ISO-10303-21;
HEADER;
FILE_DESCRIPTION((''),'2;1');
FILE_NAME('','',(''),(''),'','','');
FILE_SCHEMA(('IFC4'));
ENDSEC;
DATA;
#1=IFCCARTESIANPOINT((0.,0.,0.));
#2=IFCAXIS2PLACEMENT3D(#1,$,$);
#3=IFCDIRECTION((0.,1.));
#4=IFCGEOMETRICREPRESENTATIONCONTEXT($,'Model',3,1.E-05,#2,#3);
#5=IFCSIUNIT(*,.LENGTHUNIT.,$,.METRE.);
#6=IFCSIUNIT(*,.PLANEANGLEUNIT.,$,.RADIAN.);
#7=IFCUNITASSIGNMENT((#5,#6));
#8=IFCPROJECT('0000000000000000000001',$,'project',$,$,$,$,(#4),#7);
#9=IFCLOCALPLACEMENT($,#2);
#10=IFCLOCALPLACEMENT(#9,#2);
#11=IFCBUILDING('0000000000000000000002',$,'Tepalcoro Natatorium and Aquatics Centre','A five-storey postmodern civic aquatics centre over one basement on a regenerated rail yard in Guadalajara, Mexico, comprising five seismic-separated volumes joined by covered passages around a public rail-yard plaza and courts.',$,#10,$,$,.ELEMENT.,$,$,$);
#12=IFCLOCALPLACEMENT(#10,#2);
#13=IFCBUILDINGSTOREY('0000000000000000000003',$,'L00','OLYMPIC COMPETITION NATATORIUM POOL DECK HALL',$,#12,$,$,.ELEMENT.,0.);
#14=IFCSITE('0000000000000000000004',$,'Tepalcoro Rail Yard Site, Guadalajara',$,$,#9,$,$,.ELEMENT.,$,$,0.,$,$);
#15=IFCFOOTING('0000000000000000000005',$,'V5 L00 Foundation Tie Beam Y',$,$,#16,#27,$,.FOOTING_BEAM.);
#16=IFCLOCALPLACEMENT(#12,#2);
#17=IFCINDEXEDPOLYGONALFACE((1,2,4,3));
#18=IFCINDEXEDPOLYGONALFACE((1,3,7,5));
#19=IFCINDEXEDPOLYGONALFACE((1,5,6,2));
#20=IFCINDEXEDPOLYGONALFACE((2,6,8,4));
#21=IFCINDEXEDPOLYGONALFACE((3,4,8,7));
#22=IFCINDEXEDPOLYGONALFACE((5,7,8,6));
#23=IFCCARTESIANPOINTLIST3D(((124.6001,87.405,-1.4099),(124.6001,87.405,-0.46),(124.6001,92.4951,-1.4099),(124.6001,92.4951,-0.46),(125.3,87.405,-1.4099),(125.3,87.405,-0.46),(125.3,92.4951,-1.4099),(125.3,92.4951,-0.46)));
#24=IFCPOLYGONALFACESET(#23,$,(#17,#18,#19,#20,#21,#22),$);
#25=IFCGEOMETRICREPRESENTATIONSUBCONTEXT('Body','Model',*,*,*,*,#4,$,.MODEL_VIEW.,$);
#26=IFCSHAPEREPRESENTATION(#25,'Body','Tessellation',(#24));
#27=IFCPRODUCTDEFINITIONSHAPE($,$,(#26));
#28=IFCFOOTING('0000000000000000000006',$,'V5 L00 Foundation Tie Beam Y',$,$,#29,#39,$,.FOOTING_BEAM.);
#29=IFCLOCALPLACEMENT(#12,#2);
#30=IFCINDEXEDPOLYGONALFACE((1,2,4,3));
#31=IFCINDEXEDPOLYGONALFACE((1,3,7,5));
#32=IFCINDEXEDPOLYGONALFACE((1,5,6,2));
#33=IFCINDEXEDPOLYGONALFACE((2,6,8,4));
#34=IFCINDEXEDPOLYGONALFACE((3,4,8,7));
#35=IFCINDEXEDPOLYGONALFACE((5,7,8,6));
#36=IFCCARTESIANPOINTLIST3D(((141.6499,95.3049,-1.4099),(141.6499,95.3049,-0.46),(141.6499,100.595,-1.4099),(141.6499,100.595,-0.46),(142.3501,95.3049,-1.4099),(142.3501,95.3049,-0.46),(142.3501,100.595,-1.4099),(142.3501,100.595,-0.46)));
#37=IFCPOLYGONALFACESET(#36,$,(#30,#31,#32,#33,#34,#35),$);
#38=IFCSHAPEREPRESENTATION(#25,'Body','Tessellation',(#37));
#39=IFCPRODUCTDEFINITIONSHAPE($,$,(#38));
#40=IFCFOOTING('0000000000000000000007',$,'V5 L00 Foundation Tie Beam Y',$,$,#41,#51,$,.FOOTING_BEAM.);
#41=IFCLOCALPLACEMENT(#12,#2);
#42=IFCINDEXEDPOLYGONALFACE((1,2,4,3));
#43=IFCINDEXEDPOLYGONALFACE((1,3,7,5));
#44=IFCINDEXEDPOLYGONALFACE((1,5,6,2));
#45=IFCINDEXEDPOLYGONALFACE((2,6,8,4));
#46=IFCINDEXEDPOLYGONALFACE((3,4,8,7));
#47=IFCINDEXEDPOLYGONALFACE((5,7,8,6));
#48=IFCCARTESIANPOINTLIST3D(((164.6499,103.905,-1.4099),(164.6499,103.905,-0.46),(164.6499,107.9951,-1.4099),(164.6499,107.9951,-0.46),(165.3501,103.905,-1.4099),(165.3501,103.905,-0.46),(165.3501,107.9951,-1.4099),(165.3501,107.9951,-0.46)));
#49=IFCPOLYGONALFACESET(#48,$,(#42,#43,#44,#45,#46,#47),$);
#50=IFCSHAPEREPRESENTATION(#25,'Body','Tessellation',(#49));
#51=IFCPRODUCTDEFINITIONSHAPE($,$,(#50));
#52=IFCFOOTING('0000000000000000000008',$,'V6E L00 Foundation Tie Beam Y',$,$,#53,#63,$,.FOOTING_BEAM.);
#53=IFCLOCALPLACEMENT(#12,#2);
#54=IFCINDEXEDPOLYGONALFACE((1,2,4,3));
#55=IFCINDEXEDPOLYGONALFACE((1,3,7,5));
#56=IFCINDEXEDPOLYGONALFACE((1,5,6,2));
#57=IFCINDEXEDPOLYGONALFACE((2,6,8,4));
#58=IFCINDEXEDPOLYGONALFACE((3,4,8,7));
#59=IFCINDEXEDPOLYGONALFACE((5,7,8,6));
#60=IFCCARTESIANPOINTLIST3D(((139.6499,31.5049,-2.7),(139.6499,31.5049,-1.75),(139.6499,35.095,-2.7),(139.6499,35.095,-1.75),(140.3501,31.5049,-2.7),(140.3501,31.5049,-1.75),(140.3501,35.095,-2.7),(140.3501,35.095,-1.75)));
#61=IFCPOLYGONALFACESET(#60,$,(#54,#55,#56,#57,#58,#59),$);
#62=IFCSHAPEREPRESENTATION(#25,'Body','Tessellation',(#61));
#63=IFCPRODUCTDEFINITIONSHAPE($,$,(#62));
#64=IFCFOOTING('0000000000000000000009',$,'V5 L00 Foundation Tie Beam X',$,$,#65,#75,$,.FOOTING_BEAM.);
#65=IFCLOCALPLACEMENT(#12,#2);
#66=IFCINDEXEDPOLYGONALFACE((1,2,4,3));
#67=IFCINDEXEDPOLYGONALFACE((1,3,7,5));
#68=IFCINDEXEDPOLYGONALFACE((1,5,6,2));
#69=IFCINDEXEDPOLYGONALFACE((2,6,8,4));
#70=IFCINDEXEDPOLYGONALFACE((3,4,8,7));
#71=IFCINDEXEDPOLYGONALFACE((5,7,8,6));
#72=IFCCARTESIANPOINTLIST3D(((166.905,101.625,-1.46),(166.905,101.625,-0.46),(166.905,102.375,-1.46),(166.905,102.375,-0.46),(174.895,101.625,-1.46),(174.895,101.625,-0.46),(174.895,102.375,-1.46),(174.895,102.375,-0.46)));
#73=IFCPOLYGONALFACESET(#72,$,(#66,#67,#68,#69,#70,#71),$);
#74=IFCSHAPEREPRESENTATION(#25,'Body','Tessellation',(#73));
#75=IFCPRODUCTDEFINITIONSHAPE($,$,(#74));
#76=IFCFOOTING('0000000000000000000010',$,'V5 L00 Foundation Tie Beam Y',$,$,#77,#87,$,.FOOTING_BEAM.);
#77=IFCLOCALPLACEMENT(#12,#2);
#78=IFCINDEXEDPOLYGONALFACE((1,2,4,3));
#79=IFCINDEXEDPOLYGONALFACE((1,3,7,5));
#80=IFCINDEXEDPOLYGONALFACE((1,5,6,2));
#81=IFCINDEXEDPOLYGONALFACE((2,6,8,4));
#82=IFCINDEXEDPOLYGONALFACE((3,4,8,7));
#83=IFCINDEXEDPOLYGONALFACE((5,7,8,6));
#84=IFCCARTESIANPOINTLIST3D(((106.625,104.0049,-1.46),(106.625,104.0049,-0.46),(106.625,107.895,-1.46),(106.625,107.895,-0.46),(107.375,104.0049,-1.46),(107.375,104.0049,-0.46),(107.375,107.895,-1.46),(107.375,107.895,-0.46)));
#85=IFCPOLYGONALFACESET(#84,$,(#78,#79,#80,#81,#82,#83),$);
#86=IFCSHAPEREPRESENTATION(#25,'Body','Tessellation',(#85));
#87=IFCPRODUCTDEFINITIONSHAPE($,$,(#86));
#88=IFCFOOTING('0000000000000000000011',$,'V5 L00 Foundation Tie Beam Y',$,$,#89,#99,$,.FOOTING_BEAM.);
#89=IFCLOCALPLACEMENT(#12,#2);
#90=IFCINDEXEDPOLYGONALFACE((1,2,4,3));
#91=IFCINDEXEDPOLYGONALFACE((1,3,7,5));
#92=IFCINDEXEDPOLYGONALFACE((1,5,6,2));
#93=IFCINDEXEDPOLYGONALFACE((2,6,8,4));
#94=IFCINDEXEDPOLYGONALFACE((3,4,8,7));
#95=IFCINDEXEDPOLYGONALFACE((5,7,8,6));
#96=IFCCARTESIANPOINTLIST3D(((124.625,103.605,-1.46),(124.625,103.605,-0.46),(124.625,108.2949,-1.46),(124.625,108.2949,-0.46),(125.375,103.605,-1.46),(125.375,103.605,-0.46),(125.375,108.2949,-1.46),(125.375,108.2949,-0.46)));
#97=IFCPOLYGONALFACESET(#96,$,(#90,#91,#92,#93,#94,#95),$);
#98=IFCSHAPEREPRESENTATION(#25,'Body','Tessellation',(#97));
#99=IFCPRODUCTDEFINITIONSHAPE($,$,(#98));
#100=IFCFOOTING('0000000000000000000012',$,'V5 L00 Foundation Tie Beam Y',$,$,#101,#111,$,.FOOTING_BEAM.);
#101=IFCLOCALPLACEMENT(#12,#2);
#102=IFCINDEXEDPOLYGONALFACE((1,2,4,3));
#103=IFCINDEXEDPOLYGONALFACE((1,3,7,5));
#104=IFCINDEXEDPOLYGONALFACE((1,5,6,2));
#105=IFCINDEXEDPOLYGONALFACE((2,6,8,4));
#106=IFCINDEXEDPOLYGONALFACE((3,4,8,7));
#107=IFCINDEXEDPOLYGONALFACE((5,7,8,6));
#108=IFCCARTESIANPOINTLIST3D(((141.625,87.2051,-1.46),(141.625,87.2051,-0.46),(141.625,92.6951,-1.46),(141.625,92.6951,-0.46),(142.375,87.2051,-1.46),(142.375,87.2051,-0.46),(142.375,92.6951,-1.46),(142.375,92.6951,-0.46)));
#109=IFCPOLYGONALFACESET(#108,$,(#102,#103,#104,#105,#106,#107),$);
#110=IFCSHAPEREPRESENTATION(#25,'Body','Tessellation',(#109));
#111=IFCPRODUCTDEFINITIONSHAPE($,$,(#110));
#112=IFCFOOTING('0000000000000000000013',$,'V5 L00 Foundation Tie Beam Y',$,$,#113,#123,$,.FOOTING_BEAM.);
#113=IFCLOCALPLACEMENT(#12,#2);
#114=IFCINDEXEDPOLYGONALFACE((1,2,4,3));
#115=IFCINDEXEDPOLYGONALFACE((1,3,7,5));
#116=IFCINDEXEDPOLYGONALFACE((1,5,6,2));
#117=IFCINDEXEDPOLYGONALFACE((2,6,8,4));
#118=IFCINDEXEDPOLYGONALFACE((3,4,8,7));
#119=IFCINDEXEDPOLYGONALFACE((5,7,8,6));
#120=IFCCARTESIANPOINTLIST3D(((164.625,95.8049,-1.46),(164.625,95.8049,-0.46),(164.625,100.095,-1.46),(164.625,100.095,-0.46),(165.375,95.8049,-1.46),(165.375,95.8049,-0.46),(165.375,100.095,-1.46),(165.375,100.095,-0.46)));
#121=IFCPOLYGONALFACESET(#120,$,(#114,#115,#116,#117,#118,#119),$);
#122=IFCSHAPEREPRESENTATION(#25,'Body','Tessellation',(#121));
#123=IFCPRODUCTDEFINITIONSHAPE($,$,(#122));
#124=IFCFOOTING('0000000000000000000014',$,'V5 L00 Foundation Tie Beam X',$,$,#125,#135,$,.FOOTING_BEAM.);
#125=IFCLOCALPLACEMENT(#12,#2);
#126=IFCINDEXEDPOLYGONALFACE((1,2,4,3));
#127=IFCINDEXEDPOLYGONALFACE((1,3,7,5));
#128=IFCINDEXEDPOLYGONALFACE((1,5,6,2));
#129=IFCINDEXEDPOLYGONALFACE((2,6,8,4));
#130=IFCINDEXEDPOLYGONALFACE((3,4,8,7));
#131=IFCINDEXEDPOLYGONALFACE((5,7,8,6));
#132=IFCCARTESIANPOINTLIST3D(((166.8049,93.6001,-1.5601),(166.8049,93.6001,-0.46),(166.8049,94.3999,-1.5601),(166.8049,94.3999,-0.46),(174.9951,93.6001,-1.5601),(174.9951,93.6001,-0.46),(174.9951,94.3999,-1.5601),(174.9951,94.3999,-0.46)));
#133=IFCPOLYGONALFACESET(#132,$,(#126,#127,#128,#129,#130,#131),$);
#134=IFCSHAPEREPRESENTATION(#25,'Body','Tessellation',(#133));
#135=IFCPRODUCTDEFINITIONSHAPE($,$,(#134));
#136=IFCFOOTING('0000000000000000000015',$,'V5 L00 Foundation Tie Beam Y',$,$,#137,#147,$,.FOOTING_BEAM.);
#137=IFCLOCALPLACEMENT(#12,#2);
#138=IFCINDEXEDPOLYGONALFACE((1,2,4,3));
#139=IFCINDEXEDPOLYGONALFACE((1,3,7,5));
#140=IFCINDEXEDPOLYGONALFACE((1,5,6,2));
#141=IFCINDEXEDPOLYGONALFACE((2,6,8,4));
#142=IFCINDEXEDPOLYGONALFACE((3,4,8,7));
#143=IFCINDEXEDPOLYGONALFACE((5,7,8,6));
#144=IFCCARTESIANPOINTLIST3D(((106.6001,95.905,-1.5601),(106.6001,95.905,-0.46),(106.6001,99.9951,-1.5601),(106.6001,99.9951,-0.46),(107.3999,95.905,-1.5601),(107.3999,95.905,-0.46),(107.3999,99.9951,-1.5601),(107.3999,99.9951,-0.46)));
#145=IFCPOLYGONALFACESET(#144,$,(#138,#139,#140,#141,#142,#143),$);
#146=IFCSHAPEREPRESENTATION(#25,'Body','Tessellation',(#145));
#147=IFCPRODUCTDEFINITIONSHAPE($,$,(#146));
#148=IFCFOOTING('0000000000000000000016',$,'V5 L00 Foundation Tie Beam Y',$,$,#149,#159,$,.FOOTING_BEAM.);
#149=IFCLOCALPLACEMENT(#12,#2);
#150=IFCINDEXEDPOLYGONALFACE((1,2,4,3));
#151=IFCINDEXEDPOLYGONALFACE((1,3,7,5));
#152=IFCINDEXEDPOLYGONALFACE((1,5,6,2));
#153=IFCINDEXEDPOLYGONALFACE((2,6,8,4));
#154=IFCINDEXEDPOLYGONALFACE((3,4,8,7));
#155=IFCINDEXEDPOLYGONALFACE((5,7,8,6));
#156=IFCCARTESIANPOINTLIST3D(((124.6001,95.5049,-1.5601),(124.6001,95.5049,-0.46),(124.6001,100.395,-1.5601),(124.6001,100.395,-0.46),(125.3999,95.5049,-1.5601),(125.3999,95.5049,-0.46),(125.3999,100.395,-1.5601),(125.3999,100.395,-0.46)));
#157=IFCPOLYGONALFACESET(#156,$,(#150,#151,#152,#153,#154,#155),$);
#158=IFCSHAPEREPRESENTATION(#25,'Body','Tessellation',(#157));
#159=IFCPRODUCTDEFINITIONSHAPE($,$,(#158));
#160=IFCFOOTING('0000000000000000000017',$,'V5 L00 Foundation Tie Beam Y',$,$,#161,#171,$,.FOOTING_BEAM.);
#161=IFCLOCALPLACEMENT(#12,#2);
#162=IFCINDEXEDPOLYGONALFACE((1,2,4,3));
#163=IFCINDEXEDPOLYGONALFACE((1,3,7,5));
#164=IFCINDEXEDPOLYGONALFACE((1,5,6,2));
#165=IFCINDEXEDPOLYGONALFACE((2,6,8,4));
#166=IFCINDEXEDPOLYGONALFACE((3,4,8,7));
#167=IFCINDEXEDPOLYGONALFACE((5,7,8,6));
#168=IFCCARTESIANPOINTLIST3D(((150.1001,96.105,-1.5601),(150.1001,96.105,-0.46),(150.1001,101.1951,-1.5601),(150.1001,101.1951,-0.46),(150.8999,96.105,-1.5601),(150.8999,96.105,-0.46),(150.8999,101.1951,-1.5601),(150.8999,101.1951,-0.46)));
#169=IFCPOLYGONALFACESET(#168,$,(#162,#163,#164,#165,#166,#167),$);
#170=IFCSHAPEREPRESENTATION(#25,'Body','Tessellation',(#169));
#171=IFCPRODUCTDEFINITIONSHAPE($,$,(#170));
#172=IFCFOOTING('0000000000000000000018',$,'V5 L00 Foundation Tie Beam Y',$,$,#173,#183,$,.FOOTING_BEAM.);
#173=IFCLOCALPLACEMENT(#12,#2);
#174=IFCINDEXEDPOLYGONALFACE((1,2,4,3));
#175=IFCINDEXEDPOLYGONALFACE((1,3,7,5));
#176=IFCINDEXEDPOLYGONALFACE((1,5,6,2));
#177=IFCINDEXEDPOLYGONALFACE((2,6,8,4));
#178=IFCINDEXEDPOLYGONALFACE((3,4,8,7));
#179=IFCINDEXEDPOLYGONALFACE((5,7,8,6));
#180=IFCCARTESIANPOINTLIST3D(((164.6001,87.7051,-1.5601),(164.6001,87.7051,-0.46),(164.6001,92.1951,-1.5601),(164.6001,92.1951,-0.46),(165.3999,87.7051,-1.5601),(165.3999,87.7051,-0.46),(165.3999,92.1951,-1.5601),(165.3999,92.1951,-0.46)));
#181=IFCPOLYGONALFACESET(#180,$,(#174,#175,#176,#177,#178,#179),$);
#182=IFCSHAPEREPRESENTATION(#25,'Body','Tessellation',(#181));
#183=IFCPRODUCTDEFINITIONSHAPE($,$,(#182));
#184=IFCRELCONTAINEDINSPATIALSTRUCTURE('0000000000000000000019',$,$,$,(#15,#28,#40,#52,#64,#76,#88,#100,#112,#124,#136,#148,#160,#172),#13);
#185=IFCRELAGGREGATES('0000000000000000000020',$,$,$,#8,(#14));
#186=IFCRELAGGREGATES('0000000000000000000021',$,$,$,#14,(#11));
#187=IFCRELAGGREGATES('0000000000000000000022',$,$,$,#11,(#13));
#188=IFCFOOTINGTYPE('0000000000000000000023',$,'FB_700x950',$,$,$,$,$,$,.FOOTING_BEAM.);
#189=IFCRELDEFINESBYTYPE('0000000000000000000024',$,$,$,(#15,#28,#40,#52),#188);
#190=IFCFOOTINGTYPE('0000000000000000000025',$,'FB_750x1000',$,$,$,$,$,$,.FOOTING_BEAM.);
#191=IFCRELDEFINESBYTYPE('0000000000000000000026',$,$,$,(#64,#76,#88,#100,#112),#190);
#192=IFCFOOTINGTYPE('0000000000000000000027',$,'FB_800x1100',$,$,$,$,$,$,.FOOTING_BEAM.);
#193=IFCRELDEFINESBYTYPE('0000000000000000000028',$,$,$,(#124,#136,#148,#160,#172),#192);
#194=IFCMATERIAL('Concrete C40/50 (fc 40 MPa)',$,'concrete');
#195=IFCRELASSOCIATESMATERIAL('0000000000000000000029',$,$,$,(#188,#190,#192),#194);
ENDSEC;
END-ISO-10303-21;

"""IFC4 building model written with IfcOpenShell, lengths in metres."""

from ifc_helpers import new_model, si_unit, direction, frame, origin, place, context, subcontext, project, spatial, polyline, outline, extrude, material, type_object, element, save


model = new_model("IFC4")

# Units and contexts
model_context = context("Model", 3, precision=1e-05, world=origin(), true_north=direction((0.0, 1.0)))
body_context = subcontext(model_context, "Body", "Model", "MODEL_VIEW")
ifc_project = project(units=[si_unit("LENGTHUNIT", "METRE"), si_unit("PLANEANGLEUNIT", "RADIAN")], contexts=[model_context])

# Site, building, storey
site_placement = place(None, origin())
site = spatial("IfcSite", under=ifc_project, at=site_placement, Name="Tepalcoro Rail Yard Site, Guadalajara", CompositionType="ELEMENT", RefElevation=0.0)
building_placement = place(site_placement, origin())
building = spatial("IfcBuilding", under=site, at=building_placement, Name="Tepalcoro Natatorium and Aquatics Centre", Description="A five-storey postmodern civic aquatics centre over one basement on a regenerated rail yard in Guadalajara, Mexico, comprising five seismic-separated volumes joined by covered passages around a public rail-yard plaza and courts.", CompositionType="ELEMENT")
storey_placement = place(building_placement, origin())
storey = spatial("IfcBuildingStorey", under=building, at=storey_placement, Name="L00", Description="OLYMPIC COMPETITION NATATORIUM POOL DECK HALL", CompositionType="ELEMENT", Elevation=0.0)

# Footings
ifc_material = material(Name="Concrete C40/50 (fc 40 MPa)", Category="concrete")
footing_type_1 = type_object("IfcFootingType", Name="FB_700x950", PredefinedType="FOOTING_BEAM", material=ifc_material)
footing_1_placement = place(storey_placement, frame((0.0, 0.0, -1.4099)))
element("IfcFooting", 1, at=footing_1_placement, inside=storey, type_object=footing_type_1, Name="V5 L00 Foundation Tie Beam Y", PredefinedType="FOOTING_BEAM", context=body_context, shape_type="SweptSolid", body=[
    extrude(outline(polyline([(125.3, 87.405), (125.3, 92.4951), (124.6001, 92.4951), (124.6001, 87.405), (125.3, 87.405)])), origin(), (0.0, 0.0, 1.0), 0.95),
])
footing_2_placement = place(storey_placement, frame((0.0, 0.0, -1.4099)))
element("IfcFooting", 2, at=footing_2_placement, inside=storey, type_object=footing_type_1, Name="V5 L00 Foundation Tie Beam Y", PredefinedType="FOOTING_BEAM", context=body_context, shape_type="SweptSolid", body=[
    extrude(outline(polyline([(142.3501, 95.3049), (142.3501, 100.595), (141.6499, 100.595), (141.6499, 95.3049), (142.3501, 95.3049)])), origin(), (0.0, 0.0, 1.0), 0.95),
])
footing_3_placement = place(storey_placement, frame((0.0, 0.0, -1.4099)))
element("IfcFooting", 3, at=footing_3_placement, inside=storey, type_object=footing_type_1, Name="V5 L00 Foundation Tie Beam Y", PredefinedType="FOOTING_BEAM", context=body_context, shape_type="SweptSolid", body=[
    extrude(outline(polyline([(165.3501, 103.905), (165.3501, 107.9951), (164.6499, 107.9951), (164.6499, 103.905), (165.3501, 103.905)])), origin(), (0.0, 0.0, 1.0), 0.95),
])
footing_4_placement = place(storey_placement, frame((0.0, 0.0, -2.7)))
element("IfcFooting", 4, at=footing_4_placement, inside=storey, type_object=footing_type_1, Name="V6E L00 Foundation Tie Beam Y", PredefinedType="FOOTING_BEAM", context=body_context, shape_type="SweptSolid", body=[
    extrude(outline(polyline([(140.3501, 31.5049), (140.3501, 35.095), (139.6499, 35.095), (139.6499, 31.5049), (140.3501, 31.5049)])), origin(), (0.0, 0.0, 1.0), 0.95),
])
footing_type_2 = type_object("IfcFootingType", Name="FB_750x1000", PredefinedType="FOOTING_BEAM", material=ifc_material)
footing_5_placement = place(storey_placement, frame((0.0, 0.0, -1.46)))
element("IfcFooting", 5, at=footing_5_placement, inside=storey, type_object=footing_type_2, Name="V5 L00 Foundation Tie Beam X", PredefinedType="FOOTING_BEAM", context=body_context, shape_type="SweptSolid", body=[
    extrude(outline(polyline([(166.905, 101.625), (174.895, 101.625), (174.895, 102.375), (166.905, 102.375), (166.905, 101.625)])), origin(), (0.0, 0.0, 1.0), 1.0),
])
footing_6_placement = place(storey_placement, frame((0.0, 0.0, -1.46)))
element("IfcFooting", 6, at=footing_6_placement, inside=storey, type_object=footing_type_2, Name="V5 L00 Foundation Tie Beam Y", PredefinedType="FOOTING_BEAM", context=body_context, shape_type="SweptSolid", body=[
    extrude(outline(polyline([(107.375, 104.0049), (107.375, 107.895), (106.625, 107.895), (106.625, 104.0049), (107.375, 104.0049)])), origin(), (0.0, 0.0, 1.0), 1.0),
])
footing_7_placement = place(storey_placement, frame((0.0, 0.0, -1.46)))
element("IfcFooting", 7, at=footing_7_placement, inside=storey, type_object=footing_type_2, Name="V5 L00 Foundation Tie Beam Y", PredefinedType="FOOTING_BEAM", context=body_context, shape_type="SweptSolid", body=[
    extrude(outline(polyline([(125.375, 103.605), (125.375, 108.2949), (124.625, 108.2949), (124.625, 103.605), (125.375, 103.605)])), origin(), (0.0, 0.0, 1.0), 1.0),
])
footing_8_placement = place(storey_placement, frame((0.0, 0.0, -1.46)))
element("IfcFooting", 8, at=footing_8_placement, inside=storey, type_object=footing_type_2, Name="V5 L00 Foundation Tie Beam Y", PredefinedType="FOOTING_BEAM", context=body_context, shape_type="SweptSolid", body=[
    extrude(outline(polyline([(142.375, 87.2051), (142.375, 92.6951), (141.625, 92.6951), (141.625, 87.2051), (142.375, 87.2051)])), origin(), (0.0, 0.0, 1.0), 1.0),
])
footing_9_placement = place(storey_placement, frame((0.0, 0.0, -1.46)))
element("IfcFooting", 9, at=footing_9_placement, inside=storey, type_object=footing_type_2, Name="V5 L00 Foundation Tie Beam Y", PredefinedType="FOOTING_BEAM", context=body_context, shape_type="SweptSolid", body=[
    extrude(outline(polyline([(165.375, 95.8049), (165.375, 100.095), (164.625, 100.095), (164.625, 95.8049), (165.375, 95.8049)])), origin(), (0.0, 0.0, 1.0), 1.0),
])
footing_type_3 = type_object("IfcFootingType", Name="FB_800x1100", PredefinedType="FOOTING_BEAM", material=ifc_material)
footing_10_placement = place(storey_placement, frame((0.0, 0.0, -1.5601)))
element("IfcFooting", 10, at=footing_10_placement, inside=storey, type_object=footing_type_3, Name="V5 L00 Foundation Tie Beam X", PredefinedType="FOOTING_BEAM", context=body_context, shape_type="SweptSolid", body=[
    extrude(outline(polyline([(166.8049, 93.6001), (174.9951, 93.6001), (174.9951, 94.3999), (166.8049, 94.3999), (166.8049, 93.6001)])), origin(), (0.0, 0.0, 1.0), 1.1001),
])
footing_11_placement = place(storey_placement, frame((0.0, 0.0, -1.5601)))
element("IfcFooting", 11, at=footing_11_placement, inside=storey, type_object=footing_type_3, Name="V5 L00 Foundation Tie Beam Y", PredefinedType="FOOTING_BEAM", context=body_context, shape_type="SweptSolid", body=[
    extrude(outline(polyline([(107.3999, 95.905), (107.3999, 99.9951), (106.6001, 99.9951), (106.6001, 95.905), (107.3999, 95.905)])), origin(), (0.0, 0.0, 1.0), 1.1001),
])
footing_12_placement = place(storey_placement, frame((0.0, 0.0, -1.5601)))
element("IfcFooting", 12, at=footing_12_placement, inside=storey, type_object=footing_type_3, Name="V5 L00 Foundation Tie Beam Y", PredefinedType="FOOTING_BEAM", context=body_context, shape_type="SweptSolid", body=[
    extrude(outline(polyline([(125.3999, 95.5049), (125.3999, 100.395), (124.6001, 100.395), (124.6001, 95.5049), (125.3999, 95.5049)])), origin(), (0.0, 0.0, 1.0), 1.1001),
])
footing_13_placement = place(storey_placement, frame((0.0, 0.0, -1.5601)))
element("IfcFooting", 13, at=footing_13_placement, inside=storey, type_object=footing_type_3, Name="V5 L00 Foundation Tie Beam Y", PredefinedType="FOOTING_BEAM", context=body_context, shape_type="SweptSolid", body=[
    extrude(outline(polyline([(150.8999, 96.105), (150.8999, 101.1951), (150.1001, 101.1951), (150.1001, 96.105), (150.8999, 96.105)])), origin(), (0.0, 0.0, 1.0), 1.1001),
])
footing_14_placement = place(storey_placement, frame((0.0, 0.0, -1.5601)))
element("IfcFooting", 14, at=footing_14_placement, inside=storey, type_object=footing_type_3, Name="V5 L00 Foundation Tie Beam Y", PredefinedType="FOOTING_BEAM", context=body_context, shape_type="SweptSolid", body=[
    extrude(outline(polyline([(165.3999, 87.7051), (165.3999, 92.1951), (164.6001, 92.1951), (164.6001, 87.7051), (165.3999, 87.7051)])), origin(), (0.0, 0.0, 1.0), 1.1001),
])

save(model, "model.ifc")
